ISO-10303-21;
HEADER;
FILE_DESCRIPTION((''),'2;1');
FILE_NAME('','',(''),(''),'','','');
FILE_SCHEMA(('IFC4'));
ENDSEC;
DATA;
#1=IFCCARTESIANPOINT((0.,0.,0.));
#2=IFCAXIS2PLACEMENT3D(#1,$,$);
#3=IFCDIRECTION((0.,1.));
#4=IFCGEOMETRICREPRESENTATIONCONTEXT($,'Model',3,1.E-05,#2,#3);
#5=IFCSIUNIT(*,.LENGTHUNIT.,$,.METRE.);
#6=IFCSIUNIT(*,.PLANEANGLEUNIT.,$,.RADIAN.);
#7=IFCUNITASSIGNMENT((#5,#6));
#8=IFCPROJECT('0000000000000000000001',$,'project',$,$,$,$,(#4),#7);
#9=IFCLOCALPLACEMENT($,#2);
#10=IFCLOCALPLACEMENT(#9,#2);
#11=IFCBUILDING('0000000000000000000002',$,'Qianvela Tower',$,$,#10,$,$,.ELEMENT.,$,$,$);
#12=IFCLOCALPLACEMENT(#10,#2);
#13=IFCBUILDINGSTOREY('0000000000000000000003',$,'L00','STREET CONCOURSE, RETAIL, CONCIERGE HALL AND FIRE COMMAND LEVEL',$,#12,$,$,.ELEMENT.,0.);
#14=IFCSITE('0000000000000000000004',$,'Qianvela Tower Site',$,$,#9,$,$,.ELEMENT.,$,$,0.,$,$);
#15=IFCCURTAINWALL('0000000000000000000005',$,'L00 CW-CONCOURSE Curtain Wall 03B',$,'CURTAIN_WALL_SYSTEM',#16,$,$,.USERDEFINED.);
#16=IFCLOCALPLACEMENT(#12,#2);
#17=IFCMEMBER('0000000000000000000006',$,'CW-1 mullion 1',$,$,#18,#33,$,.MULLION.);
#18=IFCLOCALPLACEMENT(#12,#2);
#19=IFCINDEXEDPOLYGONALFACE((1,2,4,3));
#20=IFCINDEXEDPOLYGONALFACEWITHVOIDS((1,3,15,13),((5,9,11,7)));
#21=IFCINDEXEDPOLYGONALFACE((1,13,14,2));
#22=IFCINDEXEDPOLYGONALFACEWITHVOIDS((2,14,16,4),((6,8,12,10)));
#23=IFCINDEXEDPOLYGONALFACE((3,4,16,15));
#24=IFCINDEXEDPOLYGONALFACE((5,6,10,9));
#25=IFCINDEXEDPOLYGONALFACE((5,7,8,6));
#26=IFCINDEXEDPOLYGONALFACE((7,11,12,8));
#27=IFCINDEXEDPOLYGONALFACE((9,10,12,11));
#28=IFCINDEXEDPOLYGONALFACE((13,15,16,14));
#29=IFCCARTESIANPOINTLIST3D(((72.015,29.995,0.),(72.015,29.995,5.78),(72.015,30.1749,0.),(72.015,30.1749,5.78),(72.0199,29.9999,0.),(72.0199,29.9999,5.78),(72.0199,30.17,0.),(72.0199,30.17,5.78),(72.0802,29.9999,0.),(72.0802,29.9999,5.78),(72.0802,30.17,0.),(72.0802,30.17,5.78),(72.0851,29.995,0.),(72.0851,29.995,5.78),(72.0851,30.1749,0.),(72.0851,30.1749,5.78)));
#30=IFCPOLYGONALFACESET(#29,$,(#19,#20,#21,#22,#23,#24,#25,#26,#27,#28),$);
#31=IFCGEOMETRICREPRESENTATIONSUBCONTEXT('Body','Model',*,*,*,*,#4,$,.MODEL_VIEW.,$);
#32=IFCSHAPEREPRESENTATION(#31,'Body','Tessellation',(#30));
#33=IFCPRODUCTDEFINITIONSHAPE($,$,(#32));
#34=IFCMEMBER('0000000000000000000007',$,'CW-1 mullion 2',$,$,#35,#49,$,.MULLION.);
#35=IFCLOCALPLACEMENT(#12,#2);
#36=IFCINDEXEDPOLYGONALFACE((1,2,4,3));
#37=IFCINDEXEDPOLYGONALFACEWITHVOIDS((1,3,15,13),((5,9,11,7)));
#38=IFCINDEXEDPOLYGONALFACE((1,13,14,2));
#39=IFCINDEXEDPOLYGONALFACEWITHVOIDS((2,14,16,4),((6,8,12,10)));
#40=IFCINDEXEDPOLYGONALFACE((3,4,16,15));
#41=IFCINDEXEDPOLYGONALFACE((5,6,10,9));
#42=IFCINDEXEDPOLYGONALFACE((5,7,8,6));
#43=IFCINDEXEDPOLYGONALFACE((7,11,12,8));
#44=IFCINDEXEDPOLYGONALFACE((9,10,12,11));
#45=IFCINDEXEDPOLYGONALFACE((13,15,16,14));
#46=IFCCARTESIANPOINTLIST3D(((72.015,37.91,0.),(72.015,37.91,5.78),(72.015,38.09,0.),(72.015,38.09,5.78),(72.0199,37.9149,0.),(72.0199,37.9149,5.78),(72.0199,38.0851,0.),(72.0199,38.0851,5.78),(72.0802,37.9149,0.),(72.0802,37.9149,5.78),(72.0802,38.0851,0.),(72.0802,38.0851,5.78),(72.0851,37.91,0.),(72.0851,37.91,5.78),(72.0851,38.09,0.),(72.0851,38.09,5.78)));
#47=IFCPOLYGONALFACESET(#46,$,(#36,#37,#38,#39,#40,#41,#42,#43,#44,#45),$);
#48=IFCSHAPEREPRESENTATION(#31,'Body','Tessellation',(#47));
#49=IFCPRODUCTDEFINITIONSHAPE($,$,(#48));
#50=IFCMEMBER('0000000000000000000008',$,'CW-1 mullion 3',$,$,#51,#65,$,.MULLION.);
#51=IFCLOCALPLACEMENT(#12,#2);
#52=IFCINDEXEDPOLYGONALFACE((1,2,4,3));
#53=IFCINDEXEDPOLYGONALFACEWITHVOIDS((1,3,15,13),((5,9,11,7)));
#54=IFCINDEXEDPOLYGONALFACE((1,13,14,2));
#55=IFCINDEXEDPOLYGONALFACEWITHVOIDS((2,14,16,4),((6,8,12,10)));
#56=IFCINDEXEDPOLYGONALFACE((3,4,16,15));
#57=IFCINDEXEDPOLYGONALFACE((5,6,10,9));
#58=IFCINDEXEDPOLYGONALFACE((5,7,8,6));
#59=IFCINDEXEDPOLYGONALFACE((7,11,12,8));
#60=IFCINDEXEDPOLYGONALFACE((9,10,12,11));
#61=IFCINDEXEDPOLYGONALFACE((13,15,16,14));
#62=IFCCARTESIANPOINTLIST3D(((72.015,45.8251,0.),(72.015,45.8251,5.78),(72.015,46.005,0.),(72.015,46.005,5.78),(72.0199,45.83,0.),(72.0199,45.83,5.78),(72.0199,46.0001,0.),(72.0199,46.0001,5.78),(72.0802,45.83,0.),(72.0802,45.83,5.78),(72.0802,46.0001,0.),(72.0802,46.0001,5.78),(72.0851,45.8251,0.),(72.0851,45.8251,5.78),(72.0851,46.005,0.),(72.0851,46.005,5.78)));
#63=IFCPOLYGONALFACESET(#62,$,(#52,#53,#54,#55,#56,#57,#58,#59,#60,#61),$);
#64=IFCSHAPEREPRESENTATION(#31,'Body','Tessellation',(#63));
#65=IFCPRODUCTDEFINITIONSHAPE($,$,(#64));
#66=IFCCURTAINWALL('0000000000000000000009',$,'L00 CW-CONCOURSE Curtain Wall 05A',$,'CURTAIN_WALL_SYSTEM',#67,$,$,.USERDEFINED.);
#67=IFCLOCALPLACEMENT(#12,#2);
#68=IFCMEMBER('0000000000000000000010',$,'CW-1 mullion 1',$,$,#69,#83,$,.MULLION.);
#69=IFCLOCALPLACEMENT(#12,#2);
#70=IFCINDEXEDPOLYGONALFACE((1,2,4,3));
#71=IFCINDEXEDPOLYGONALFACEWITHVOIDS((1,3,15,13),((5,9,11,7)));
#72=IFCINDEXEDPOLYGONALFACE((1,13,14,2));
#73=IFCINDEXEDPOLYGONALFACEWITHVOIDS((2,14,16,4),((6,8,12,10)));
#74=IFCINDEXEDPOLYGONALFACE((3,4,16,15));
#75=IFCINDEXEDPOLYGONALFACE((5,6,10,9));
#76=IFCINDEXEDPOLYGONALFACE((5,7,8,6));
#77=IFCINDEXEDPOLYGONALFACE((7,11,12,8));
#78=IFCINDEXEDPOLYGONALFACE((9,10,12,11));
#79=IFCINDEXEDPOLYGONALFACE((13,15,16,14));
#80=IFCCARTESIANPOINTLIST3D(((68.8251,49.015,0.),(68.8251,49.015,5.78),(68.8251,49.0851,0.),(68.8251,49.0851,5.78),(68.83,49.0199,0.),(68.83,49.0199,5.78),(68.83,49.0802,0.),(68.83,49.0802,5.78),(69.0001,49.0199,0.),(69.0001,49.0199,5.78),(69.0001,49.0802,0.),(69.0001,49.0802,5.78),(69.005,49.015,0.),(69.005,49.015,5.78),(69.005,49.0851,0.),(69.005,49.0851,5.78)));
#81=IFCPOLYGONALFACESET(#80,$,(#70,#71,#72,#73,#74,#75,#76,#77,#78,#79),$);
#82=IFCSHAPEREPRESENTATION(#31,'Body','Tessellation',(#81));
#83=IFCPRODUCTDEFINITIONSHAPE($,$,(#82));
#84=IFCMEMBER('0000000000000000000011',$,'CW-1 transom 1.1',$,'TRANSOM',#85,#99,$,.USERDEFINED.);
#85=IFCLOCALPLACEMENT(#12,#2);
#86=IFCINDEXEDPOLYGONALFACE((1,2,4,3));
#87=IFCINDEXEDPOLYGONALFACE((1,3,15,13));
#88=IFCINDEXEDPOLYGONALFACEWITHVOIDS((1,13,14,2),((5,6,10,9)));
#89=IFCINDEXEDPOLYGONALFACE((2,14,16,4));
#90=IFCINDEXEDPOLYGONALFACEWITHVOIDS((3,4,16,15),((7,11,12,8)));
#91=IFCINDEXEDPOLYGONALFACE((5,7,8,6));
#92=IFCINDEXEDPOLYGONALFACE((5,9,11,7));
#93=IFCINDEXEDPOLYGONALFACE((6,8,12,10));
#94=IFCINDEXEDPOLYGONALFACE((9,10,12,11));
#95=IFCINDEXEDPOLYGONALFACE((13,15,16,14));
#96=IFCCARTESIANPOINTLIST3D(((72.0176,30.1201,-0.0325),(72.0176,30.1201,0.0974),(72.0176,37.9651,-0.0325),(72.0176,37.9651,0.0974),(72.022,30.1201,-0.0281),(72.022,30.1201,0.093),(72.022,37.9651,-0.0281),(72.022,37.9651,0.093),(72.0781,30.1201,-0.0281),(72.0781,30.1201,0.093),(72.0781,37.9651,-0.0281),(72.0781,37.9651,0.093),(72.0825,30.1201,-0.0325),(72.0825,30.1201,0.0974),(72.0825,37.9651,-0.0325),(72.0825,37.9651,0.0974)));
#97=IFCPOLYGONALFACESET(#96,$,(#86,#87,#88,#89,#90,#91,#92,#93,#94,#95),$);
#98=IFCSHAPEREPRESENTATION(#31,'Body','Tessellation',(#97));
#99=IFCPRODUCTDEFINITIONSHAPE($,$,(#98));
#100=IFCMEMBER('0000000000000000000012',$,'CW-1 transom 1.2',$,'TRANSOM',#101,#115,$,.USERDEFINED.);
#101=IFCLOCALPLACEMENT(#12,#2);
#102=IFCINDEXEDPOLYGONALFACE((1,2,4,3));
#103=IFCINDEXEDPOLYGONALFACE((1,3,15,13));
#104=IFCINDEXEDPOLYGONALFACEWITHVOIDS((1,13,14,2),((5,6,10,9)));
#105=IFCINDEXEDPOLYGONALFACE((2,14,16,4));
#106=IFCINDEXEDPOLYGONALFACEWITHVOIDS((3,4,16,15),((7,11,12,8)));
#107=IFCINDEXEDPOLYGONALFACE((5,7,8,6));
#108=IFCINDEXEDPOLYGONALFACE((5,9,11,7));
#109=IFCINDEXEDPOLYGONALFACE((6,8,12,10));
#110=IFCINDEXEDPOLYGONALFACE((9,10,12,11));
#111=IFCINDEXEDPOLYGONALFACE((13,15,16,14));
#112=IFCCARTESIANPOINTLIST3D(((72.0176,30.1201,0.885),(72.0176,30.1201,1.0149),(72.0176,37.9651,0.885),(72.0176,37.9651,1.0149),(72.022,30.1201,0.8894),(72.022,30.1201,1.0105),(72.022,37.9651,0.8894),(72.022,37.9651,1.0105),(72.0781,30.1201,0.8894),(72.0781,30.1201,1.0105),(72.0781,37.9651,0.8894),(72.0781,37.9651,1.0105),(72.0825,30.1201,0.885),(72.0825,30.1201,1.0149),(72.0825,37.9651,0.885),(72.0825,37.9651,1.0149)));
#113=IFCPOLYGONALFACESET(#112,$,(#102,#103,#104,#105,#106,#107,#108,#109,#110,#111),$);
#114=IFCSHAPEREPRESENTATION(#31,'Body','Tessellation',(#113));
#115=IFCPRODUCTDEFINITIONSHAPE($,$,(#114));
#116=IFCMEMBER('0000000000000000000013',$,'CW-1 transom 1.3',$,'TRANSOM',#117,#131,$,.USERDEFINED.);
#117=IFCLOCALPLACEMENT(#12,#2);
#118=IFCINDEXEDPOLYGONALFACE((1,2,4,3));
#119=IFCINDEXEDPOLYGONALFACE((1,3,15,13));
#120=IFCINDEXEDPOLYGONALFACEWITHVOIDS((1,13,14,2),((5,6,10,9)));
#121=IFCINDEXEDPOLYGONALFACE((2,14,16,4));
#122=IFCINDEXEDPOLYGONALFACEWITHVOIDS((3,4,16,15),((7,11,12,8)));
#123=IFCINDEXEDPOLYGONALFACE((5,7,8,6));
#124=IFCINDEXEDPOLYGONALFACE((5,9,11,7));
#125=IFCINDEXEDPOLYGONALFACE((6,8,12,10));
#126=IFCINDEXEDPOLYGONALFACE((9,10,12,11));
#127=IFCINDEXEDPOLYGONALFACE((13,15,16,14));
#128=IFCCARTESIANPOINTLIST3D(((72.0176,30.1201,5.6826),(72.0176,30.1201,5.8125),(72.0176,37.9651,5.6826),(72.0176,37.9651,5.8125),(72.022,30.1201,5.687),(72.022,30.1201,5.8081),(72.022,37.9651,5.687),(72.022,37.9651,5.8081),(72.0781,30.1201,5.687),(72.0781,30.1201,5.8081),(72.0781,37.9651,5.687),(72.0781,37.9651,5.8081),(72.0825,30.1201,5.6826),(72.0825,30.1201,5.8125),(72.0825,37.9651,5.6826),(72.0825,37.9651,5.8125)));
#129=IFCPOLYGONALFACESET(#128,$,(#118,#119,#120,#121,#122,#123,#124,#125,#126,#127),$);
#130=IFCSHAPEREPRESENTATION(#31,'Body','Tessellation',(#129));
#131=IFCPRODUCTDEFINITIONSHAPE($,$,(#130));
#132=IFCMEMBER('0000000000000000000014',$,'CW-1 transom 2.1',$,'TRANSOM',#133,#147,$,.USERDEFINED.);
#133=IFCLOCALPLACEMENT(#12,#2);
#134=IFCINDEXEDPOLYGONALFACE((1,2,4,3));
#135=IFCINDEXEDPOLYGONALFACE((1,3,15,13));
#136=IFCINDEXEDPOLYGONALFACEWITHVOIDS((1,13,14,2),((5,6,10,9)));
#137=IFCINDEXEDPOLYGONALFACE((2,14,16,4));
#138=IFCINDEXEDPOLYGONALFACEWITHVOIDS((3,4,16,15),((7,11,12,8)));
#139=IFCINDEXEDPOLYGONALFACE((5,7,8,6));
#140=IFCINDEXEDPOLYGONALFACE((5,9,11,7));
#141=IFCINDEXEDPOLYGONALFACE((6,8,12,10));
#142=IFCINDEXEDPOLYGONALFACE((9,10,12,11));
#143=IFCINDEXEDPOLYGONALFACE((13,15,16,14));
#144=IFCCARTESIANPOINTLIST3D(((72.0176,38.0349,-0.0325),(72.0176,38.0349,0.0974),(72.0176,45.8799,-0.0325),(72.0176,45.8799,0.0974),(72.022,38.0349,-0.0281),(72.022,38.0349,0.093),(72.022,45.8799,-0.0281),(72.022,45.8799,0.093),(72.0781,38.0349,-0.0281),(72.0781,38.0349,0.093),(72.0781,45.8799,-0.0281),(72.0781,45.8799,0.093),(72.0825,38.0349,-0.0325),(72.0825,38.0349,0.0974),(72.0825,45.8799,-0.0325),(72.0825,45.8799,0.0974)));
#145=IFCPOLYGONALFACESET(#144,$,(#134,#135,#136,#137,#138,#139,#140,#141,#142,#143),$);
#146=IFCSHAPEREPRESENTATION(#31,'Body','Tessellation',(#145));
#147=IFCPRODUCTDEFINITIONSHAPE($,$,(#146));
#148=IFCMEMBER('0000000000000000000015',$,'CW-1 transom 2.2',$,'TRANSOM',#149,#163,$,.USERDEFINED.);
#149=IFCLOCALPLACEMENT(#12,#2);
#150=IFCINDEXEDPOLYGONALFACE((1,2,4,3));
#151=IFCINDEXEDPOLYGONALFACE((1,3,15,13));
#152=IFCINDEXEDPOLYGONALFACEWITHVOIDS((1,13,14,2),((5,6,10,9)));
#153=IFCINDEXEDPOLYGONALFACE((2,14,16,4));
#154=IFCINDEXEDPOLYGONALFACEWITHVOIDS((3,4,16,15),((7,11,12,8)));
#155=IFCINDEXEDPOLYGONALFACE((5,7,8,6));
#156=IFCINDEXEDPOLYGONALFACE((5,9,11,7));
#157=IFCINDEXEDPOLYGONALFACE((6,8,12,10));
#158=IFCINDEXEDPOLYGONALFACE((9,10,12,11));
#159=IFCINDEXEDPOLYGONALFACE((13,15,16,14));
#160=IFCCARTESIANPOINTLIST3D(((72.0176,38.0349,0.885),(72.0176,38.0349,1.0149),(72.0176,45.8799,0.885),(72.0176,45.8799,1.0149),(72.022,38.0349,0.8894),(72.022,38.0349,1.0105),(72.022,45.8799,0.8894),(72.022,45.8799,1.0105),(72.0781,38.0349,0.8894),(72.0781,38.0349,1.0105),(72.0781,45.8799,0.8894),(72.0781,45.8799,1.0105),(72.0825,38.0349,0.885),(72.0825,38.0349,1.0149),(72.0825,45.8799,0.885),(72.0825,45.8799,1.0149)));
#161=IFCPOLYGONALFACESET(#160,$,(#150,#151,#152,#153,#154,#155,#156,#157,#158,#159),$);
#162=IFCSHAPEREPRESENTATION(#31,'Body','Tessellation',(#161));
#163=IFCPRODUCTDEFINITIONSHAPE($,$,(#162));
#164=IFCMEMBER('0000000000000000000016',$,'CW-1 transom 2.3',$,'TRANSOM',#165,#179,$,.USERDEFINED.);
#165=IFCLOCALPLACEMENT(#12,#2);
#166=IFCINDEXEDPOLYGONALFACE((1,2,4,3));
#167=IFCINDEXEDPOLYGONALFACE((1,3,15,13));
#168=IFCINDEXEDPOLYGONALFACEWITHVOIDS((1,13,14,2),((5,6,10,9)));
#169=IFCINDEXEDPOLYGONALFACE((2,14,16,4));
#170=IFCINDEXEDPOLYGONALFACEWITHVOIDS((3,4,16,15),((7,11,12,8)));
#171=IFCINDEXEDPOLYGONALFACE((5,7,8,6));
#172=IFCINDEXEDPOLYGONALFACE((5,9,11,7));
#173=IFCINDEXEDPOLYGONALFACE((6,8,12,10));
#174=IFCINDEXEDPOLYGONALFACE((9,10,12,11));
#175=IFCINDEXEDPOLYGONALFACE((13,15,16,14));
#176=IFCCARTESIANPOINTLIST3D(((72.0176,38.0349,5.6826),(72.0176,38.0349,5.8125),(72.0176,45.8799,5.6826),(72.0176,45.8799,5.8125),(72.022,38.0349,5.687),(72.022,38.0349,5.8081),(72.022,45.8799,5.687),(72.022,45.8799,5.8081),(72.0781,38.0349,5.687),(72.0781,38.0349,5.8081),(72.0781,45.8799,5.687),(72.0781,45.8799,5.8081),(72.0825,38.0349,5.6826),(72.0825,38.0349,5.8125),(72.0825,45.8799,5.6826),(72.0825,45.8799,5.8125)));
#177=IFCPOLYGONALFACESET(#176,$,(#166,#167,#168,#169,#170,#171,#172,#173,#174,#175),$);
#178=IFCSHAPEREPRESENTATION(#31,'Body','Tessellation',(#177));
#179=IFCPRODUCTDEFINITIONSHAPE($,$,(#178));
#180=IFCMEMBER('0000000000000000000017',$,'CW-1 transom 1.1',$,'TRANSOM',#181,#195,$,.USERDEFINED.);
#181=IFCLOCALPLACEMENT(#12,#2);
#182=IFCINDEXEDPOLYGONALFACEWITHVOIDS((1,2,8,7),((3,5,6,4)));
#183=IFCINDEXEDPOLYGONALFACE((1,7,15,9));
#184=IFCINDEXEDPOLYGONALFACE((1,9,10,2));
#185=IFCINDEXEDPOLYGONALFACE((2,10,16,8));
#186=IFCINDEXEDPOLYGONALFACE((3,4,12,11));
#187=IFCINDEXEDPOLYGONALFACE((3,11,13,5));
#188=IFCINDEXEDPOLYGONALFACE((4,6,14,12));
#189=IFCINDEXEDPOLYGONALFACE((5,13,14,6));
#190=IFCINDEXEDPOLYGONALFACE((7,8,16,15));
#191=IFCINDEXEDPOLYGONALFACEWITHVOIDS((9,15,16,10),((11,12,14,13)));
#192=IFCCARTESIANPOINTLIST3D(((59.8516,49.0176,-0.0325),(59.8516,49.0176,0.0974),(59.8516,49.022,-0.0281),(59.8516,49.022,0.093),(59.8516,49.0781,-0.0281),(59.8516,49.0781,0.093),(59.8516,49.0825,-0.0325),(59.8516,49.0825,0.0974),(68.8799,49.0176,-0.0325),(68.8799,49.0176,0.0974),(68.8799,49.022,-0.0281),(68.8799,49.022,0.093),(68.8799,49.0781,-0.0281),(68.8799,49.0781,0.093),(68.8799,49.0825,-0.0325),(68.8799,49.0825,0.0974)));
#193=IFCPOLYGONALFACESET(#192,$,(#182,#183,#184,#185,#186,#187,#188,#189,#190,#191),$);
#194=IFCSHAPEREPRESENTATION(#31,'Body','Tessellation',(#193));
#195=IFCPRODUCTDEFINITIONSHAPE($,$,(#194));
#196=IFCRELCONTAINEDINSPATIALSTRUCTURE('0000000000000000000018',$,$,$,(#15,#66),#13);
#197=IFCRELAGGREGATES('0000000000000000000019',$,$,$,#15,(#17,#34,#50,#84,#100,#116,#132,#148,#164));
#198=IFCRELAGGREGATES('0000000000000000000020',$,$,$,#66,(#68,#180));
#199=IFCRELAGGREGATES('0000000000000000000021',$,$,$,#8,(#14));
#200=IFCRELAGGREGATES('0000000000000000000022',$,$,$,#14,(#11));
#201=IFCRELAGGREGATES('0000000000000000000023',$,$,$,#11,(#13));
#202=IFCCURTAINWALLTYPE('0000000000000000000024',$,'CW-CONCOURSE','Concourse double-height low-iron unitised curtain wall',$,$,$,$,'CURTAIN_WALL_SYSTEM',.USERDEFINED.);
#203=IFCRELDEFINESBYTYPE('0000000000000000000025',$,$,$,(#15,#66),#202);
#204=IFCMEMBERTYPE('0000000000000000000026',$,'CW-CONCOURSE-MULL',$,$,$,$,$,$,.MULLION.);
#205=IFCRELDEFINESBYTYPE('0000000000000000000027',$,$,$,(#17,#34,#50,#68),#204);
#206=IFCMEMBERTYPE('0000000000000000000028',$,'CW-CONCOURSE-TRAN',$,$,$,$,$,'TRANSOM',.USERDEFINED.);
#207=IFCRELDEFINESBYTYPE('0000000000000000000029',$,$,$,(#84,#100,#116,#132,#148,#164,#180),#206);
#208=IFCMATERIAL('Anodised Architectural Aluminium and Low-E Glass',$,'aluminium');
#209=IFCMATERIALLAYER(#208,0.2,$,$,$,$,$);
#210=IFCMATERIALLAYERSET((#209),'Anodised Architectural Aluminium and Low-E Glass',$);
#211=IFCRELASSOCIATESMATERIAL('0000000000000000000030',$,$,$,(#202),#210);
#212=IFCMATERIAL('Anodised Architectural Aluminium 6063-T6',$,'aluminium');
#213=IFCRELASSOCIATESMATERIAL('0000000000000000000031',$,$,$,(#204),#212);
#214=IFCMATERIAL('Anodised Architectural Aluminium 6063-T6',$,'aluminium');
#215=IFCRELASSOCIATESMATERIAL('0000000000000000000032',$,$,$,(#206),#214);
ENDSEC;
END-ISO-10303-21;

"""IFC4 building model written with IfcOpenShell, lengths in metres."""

from ifc_helpers import new_model, si_unit, direction, frame, origin, origin_2d, place, context, subcontext, project, spatial, hollow_rectangle, extrude, material, layer, layer_set, material_profile, profile_set, type_object, element, aggregate, save


model = new_model("IFC4")

# Units and contexts
model_context = context("Model", 3, precision=1e-05, world=origin(), true_north=direction((0.0, 1.0)))
body_context = subcontext(model_context, "Body", "Model", "MODEL_VIEW")
ifc_project = project(units=[si_unit("LENGTHUNIT", "METRE"), si_unit("PLANEANGLEUNIT", "RADIAN")], contexts=[model_context])

# Site, building, storey
site_placement = place(None, origin())
site = spatial("IfcSite", under=ifc_project, at=site_placement, Name="Qianvela Tower Site", CompositionType="ELEMENT", RefElevation=0.0)
building_placement = place(site_placement, origin())
building = spatial("IfcBuilding", under=site, at=building_placement, Name="Qianvela Tower", CompositionType="ELEMENT")
storey_placement = place(building_placement, origin())
storey = spatial("IfcBuildingStorey", under=building, at=storey_placement, Name="L00", Description="STREET CONCOURSE, RETAIL, CONCIERGE HALL AND FIRE COMMAND LEVEL", CompositionType="ELEMENT", Elevation=0.0)

# Curtain wall, members
ifc_material_1 = material(Name="Anodised Architectural Aluminium and Low-E Glass", Category="aluminium")
ifc_layer_1 = layer(ifc_material_1, 0.2)
ifc_layer_set_1 = layer_set([ifc_layer_1], Name="Anodised Architectural Aluminium and Low-E Glass")
curtain_wall_type = type_object("IfcCurtainWallType", Name="CW-CONCOURSE", Description="Concourse double-height low-iron unitised curtain wall", ElementType="CURTAIN_WALL_SYSTEM", PredefinedType="USERDEFINED", material=ifc_layer_set_1)
curtain_wall_1_placement = place(storey_placement, origin())
curtain_wall_1 = element("IfcCurtainWall", 1, at=curtain_wall_1_placement, inside=storey, type_object=curtain_wall_type, Name="L00 CW-CONCOURSE Curtain Wall 03B", ObjectType="CURTAIN_WALL_SYSTEM", PredefinedType="USERDEFINED")
ifc_material_2 = material(Name="Anodised Architectural Aluminium 6063-T6", Category="aluminium")
ifc_material_profile_1 = material_profile(ifc_material_2, hollow_rectangle(XDim=0.0701, YDim=0.1799, WallThickness=0.0049, at=origin_2d()), Name="ALU-MULL-70x180")
ifc_profile_set_1 = profile_set([ifc_material_profile_1], Name="Anodised Architectural Aluminium 6063-T6")
member_type_1 = type_object("IfcMemberType", Name="CW-CONCOURSE-MULL", PredefinedType="MULLION", material=ifc_profile_set_1)
member_1_placement = place(storey_placement, frame((72.05, 30.085, 0.0), z_axis=(0.0, 0.0, 1.0), x_axis=(-1.0, 0.0, 0.0)))
member_1 = element("IfcMember", 2, at=member_1_placement, type_object=member_type_1, Name="CW-1 mullion 1", PredefinedType="MULLION", context=body_context, shape_type="SweptSolid", body=[
    extrude(hollow_rectangle(XDim=0.0701, YDim=0.1799, WallThickness=0.0049, at=origin_2d()), origin(), (0.0, 0.0, 1.0), 5.78),
])
member_2_placement = place(storey_placement, frame((72.05, 38.0, 0.0), z_axis=(0.0, 0.0, 1.0), x_axis=(-1.0, 0.0, 0.0)))
member_2 = element("IfcMember", 3, at=member_2_placement, type_object=member_type_1, Name="CW-1 mullion 2", PredefinedType="MULLION", context=body_context, shape_type="SweptSolid", body=[
    extrude(hollow_rectangle(XDim=0.0701, YDim=0.1799, WallThickness=0.0049, at=origin_2d()), origin(), (0.0, 0.0, 1.0), 5.78),
])
member_3_placement = place(storey_placement, frame((72.05, 45.915, 0.0), z_axis=(0.0, 0.0, 1.0), x_axis=(-1.0, 0.0, 0.0)))
member_3 = element("IfcMember", 4, at=member_3_placement, type_object=member_type_1, Name="CW-1 mullion 3", PredefinedType="MULLION", context=body_context, shape_type="SweptSolid", body=[
    extrude(hollow_rectangle(XDim=0.0701, YDim=0.1799, WallThickness=0.0049, at=origin_2d()), origin(), (0.0, 0.0, 1.0), 5.78),
])

# Curtain wall, member
curtain_wall_2_placement = place(storey_placement, origin())
curtain_wall_2 = element("IfcCurtainWall", 5, at=curtain_wall_2_placement, inside=storey, type_object=curtain_wall_type, Name="L00 CW-CONCOURSE Curtain Wall 05A", ObjectType="CURTAIN_WALL_SYSTEM", PredefinedType="USERDEFINED")
member_4_placement = place(storey_placement, frame((68.915, 49.05, 0.0), z_axis=(0.0, 0.0, 1.0), x_axis=(0.0, -1.0, 0.0)))
member_4 = element("IfcMember", 6, at=member_4_placement, type_object=member_type_1, Name="CW-1 mullion 1", PredefinedType="MULLION", context=body_context, shape_type="SweptSolid", body=[
    extrude(hollow_rectangle(XDim=0.0701, YDim=0.1799, WallThickness=0.0049, at=origin_2d()), origin(), (0.0, 0.0, 1.0), 5.78),
])

# Members
ifc_material_3 = material(Name="Anodised Architectural Aluminium 6063-T6", Category="aluminium")
ifc_material_profile_2 = material_profile(ifc_material_3, hollow_rectangle(XDim=0.0649, YDim=0.1299, WallThickness=0.0044, at=origin_2d()), Name="ALU-TRAN-65x130")
ifc_profile_set_2 = profile_set([ifc_material_profile_2], Name="Anodised Architectural Aluminium 6063-T6")
member_type_2 = type_object("IfcMemberType", Name="CW-CONCOURSE-TRAN", ElementType="TRANSOM", PredefinedType="USERDEFINED", material=ifc_profile_set_2)
member_5_placement = place(storey_placement, frame((72.05, 30.1201, 0.0325), z_axis=(0.0, 1.0, 0.0), x_axis=(-1.0, 0.0, 0.0)))
member_5 = element("IfcMember", 7, at=member_5_placement, type_object=member_type_2, Name="CW-1 transom 1.1", ObjectType="TRANSOM", PredefinedType="USERDEFINED", context=body_context, shape_type="SweptSolid", body=[
    extrude(hollow_rectangle(XDim=0.0649, YDim=0.1299, WallThickness=0.0044, at=origin_2d()), origin(), (0.0, 0.0, 1.0), 7.845),
])
member_6_placement = place(storey_placement, frame((72.05, 30.1201, 0.95), z_axis=(0.0, 1.0, 0.0), x_axis=(-1.0, 0.0, 0.0)))
member_6 = element("IfcMember", 8, at=member_6_placement, type_object=member_type_2, Name="CW-1 transom 1.2", ObjectType="TRANSOM", PredefinedType="USERDEFINED", context=body_context, shape_type="SweptSolid", body=[
    extrude(hollow_rectangle(XDim=0.0649, YDim=0.1299, WallThickness=0.0044, at=origin_2d()), origin(), (0.0, 0.0, 1.0), 7.845),
])
member_7_placement = place(storey_placement, frame((72.05, 30.1201, 5.7476), z_axis=(0.0, 1.0, 0.0), x_axis=(-1.0, 0.0, 0.0)))
member_7 = element("IfcMember", 9, at=member_7_placement, type_object=member_type_2, Name="CW-1 transom 1.3", ObjectType="TRANSOM", PredefinedType="USERDEFINED", context=body_context, shape_type="SweptSolid", body=[
    extrude(hollow_rectangle(XDim=0.0649, YDim=0.1299, WallThickness=0.0044, at=origin_2d()), origin(), (0.0, 0.0, 1.0), 7.845),
])
member_8_placement = place(storey_placement, frame((72.05, 38.0349, 0.0325), z_axis=(0.0, 1.0, 0.0), x_axis=(-1.0, 0.0, 0.0)))
member_8 = element("IfcMember", 10, at=member_8_placement, type_object=member_type_2, Name="CW-1 transom 2.1", ObjectType="TRANSOM", PredefinedType="USERDEFINED", context=body_context, shape_type="SweptSolid", body=[
    extrude(hollow_rectangle(XDim=0.0649, YDim=0.1299, WallThickness=0.0044, at=origin_2d()), origin(), (0.0, 0.0, 1.0), 7.845),
])
member_9_placement = place(storey_placement, frame((72.05, 38.0349, 0.95), z_axis=(0.0, 1.0, 0.0), x_axis=(-1.0, 0.0, 0.0)))
member_9 = element("IfcMember", 11, at=member_9_placement, type_object=member_type_2, Name="CW-1 transom 2.2", ObjectType="TRANSOM", PredefinedType="USERDEFINED", context=body_context, shape_type="SweptSolid", body=[
    extrude(hollow_rectangle(XDim=0.0649, YDim=0.1299, WallThickness=0.0044, at=origin_2d()), origin(), (0.0, 0.0, 1.0), 7.845),
])
member_10_placement = place(storey_placement, frame((72.05, 38.0349, 5.7476), z_axis=(0.0, 1.0, 0.0), x_axis=(-1.0, 0.0, 0.0)))
member_10 = element("IfcMember", 12, at=member_10_placement, type_object=member_type_2, Name="CW-1 transom 2.3", ObjectType="TRANSOM", PredefinedType="USERDEFINED", context=body_context, shape_type="SweptSolid", body=[
    extrude(hollow_rectangle(XDim=0.0649, YDim=0.1299, WallThickness=0.0044, at=origin_2d()), origin(), (0.0, 0.0, 1.0), 7.845),
])
member_11_placement = place(storey_placement, frame((68.8799, 49.05, 0.0325), z_axis=(-1.0, 0.0, 0.0), x_axis=(0.0, -1.0, 0.0)))
member_11 = element("IfcMember", 13, at=member_11_placement, type_object=member_type_2, Name="CW-1 transom 1.1", ObjectType="TRANSOM", PredefinedType="USERDEFINED", context=body_context, shape_type="SweptSolid", body=[
    extrude(hollow_rectangle(XDim=0.0649, YDim=0.1299, WallThickness=0.0044, at=origin_2d()), origin(), (0.0, 0.0, 1.0), 9.0283),
])

aggregate(curtain_wall_1, [member_1, member_2, member_3, member_5, member_6, member_7, member_8, member_9, member_10])
aggregate(curtain_wall_2, [member_4, member_11])

save(model, "model.ifc")
